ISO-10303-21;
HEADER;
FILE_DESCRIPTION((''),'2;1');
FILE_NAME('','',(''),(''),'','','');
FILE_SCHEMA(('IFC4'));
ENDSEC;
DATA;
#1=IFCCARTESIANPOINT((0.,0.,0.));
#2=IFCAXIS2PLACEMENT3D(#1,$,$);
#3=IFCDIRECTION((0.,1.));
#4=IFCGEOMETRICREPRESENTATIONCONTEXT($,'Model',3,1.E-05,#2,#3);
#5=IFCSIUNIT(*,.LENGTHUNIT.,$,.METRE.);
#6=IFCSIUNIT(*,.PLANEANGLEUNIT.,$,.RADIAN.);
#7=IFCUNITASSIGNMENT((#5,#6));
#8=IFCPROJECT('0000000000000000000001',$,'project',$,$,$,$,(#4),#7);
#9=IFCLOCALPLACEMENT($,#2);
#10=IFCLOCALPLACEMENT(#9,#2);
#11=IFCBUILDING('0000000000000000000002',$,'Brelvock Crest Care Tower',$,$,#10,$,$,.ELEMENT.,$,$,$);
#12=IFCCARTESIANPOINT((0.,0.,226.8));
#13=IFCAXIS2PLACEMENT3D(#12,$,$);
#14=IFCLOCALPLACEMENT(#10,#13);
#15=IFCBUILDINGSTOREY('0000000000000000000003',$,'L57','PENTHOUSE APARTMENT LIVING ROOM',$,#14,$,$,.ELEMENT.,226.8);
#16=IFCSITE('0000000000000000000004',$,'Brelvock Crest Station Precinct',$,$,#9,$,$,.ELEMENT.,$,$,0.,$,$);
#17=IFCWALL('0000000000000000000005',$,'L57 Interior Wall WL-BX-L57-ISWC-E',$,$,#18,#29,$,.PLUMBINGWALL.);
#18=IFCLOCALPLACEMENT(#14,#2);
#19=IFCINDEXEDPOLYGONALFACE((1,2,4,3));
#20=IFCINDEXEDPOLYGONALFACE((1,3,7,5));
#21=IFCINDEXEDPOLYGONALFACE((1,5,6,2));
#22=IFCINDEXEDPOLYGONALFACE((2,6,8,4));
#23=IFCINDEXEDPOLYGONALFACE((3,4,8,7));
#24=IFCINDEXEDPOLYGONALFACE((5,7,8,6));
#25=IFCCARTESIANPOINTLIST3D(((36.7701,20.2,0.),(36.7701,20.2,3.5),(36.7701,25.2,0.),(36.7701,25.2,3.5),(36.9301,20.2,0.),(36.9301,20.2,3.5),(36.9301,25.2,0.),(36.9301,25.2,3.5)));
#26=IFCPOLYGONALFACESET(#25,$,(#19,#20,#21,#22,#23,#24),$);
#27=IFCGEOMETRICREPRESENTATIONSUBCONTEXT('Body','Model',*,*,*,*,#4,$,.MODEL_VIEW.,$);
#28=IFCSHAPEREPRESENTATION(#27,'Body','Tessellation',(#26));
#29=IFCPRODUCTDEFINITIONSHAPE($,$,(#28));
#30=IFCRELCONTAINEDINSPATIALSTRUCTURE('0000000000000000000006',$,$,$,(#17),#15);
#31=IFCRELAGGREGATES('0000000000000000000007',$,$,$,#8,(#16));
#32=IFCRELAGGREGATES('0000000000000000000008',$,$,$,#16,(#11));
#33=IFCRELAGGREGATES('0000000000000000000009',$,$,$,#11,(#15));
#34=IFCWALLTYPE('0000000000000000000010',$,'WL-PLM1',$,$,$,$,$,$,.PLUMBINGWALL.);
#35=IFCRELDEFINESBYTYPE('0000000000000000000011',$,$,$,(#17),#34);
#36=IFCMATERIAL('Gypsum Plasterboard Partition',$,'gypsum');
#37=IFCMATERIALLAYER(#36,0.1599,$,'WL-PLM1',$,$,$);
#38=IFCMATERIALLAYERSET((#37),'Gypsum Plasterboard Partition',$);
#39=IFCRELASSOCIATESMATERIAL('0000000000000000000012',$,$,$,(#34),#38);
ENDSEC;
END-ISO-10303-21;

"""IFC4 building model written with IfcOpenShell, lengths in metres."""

from ifc_helpers import new_model, si_unit, direction, frame, frame_2d, origin, place, context, subcontext, project, spatial, rectangle, extrude, material, layer, layer_set, type_object, element, save


model = new_model("IFC4")

# Units and contexts
model_context = context("Model", 3, precision=1e-05, world=origin(), true_north=direction((0.0, 1.0)))
body_context = subcontext(model_context, "Body", "Model", "MODEL_VIEW")
ifc_project = project(units=[si_unit("LENGTHUNIT", "METRE"), si_unit("PLANEANGLEUNIT", "RADIAN")], contexts=[model_context])

# Site, building, storey
site_placement = place(None, origin())
site = spatial("IfcSite", under=ifc_project, at=site_placement, Name="Brelvock Crest Station Precinct", CompositionType="ELEMENT", RefElevation=0.0)
building_placement = place(site_placement, origin())
building = spatial("IfcBuilding", under=site, at=building_placement, Name="Brelvock Crest Care Tower", CompositionType="ELEMENT")
storey_placement = place(building_placement, frame((0.0, 0.0, 226.8)))
storey = spatial("IfcBuildingStorey", under=building, at=storey_placement, Name="L57", Description="PENTHOUSE APARTMENT LIVING ROOM", CompositionType="ELEMENT", Elevation=226.8)

# Shared definitions
ifc_material_1 = material(Name="Gypsum Plasterboard Partition", Category="gypsum")
ifc_layer_1 = layer(ifc_material_1, 0.1599, Name="WL-PLM1")
ifc_layer_set_1 = layer_set([ifc_layer_1], Name="Gypsum Plasterboard Partition")
wall_type_1 = type_object("IfcWallType", Name="WL-PLM1", PredefinedType="PLUMBINGWALL", material=ifc_layer_set_1)

# Wall
wall_1_placement = place(storey_placement, frame((36.8501, 20.2, 0.0), z_axis=(0.0, 0.0, 1.0), x_axis=(0.0, 1.0, 0.0)))
element("IfcWall", 1, at=wall_1_placement, inside=storey, type_object=wall_type_1, Name="L57 Interior Wall WL-BX-L57-ISWC-E", PredefinedType="PLUMBINGWALL", context=body_context, shape_type="SweptSolid", body=[
    extrude(rectangle(XDim=5.0, YDim=0.1599, at=frame_2d((2.5, 0.0))), origin(), (0.0, 0.0, 1.0), 3.5),
])

save(model, "model.ifc")
